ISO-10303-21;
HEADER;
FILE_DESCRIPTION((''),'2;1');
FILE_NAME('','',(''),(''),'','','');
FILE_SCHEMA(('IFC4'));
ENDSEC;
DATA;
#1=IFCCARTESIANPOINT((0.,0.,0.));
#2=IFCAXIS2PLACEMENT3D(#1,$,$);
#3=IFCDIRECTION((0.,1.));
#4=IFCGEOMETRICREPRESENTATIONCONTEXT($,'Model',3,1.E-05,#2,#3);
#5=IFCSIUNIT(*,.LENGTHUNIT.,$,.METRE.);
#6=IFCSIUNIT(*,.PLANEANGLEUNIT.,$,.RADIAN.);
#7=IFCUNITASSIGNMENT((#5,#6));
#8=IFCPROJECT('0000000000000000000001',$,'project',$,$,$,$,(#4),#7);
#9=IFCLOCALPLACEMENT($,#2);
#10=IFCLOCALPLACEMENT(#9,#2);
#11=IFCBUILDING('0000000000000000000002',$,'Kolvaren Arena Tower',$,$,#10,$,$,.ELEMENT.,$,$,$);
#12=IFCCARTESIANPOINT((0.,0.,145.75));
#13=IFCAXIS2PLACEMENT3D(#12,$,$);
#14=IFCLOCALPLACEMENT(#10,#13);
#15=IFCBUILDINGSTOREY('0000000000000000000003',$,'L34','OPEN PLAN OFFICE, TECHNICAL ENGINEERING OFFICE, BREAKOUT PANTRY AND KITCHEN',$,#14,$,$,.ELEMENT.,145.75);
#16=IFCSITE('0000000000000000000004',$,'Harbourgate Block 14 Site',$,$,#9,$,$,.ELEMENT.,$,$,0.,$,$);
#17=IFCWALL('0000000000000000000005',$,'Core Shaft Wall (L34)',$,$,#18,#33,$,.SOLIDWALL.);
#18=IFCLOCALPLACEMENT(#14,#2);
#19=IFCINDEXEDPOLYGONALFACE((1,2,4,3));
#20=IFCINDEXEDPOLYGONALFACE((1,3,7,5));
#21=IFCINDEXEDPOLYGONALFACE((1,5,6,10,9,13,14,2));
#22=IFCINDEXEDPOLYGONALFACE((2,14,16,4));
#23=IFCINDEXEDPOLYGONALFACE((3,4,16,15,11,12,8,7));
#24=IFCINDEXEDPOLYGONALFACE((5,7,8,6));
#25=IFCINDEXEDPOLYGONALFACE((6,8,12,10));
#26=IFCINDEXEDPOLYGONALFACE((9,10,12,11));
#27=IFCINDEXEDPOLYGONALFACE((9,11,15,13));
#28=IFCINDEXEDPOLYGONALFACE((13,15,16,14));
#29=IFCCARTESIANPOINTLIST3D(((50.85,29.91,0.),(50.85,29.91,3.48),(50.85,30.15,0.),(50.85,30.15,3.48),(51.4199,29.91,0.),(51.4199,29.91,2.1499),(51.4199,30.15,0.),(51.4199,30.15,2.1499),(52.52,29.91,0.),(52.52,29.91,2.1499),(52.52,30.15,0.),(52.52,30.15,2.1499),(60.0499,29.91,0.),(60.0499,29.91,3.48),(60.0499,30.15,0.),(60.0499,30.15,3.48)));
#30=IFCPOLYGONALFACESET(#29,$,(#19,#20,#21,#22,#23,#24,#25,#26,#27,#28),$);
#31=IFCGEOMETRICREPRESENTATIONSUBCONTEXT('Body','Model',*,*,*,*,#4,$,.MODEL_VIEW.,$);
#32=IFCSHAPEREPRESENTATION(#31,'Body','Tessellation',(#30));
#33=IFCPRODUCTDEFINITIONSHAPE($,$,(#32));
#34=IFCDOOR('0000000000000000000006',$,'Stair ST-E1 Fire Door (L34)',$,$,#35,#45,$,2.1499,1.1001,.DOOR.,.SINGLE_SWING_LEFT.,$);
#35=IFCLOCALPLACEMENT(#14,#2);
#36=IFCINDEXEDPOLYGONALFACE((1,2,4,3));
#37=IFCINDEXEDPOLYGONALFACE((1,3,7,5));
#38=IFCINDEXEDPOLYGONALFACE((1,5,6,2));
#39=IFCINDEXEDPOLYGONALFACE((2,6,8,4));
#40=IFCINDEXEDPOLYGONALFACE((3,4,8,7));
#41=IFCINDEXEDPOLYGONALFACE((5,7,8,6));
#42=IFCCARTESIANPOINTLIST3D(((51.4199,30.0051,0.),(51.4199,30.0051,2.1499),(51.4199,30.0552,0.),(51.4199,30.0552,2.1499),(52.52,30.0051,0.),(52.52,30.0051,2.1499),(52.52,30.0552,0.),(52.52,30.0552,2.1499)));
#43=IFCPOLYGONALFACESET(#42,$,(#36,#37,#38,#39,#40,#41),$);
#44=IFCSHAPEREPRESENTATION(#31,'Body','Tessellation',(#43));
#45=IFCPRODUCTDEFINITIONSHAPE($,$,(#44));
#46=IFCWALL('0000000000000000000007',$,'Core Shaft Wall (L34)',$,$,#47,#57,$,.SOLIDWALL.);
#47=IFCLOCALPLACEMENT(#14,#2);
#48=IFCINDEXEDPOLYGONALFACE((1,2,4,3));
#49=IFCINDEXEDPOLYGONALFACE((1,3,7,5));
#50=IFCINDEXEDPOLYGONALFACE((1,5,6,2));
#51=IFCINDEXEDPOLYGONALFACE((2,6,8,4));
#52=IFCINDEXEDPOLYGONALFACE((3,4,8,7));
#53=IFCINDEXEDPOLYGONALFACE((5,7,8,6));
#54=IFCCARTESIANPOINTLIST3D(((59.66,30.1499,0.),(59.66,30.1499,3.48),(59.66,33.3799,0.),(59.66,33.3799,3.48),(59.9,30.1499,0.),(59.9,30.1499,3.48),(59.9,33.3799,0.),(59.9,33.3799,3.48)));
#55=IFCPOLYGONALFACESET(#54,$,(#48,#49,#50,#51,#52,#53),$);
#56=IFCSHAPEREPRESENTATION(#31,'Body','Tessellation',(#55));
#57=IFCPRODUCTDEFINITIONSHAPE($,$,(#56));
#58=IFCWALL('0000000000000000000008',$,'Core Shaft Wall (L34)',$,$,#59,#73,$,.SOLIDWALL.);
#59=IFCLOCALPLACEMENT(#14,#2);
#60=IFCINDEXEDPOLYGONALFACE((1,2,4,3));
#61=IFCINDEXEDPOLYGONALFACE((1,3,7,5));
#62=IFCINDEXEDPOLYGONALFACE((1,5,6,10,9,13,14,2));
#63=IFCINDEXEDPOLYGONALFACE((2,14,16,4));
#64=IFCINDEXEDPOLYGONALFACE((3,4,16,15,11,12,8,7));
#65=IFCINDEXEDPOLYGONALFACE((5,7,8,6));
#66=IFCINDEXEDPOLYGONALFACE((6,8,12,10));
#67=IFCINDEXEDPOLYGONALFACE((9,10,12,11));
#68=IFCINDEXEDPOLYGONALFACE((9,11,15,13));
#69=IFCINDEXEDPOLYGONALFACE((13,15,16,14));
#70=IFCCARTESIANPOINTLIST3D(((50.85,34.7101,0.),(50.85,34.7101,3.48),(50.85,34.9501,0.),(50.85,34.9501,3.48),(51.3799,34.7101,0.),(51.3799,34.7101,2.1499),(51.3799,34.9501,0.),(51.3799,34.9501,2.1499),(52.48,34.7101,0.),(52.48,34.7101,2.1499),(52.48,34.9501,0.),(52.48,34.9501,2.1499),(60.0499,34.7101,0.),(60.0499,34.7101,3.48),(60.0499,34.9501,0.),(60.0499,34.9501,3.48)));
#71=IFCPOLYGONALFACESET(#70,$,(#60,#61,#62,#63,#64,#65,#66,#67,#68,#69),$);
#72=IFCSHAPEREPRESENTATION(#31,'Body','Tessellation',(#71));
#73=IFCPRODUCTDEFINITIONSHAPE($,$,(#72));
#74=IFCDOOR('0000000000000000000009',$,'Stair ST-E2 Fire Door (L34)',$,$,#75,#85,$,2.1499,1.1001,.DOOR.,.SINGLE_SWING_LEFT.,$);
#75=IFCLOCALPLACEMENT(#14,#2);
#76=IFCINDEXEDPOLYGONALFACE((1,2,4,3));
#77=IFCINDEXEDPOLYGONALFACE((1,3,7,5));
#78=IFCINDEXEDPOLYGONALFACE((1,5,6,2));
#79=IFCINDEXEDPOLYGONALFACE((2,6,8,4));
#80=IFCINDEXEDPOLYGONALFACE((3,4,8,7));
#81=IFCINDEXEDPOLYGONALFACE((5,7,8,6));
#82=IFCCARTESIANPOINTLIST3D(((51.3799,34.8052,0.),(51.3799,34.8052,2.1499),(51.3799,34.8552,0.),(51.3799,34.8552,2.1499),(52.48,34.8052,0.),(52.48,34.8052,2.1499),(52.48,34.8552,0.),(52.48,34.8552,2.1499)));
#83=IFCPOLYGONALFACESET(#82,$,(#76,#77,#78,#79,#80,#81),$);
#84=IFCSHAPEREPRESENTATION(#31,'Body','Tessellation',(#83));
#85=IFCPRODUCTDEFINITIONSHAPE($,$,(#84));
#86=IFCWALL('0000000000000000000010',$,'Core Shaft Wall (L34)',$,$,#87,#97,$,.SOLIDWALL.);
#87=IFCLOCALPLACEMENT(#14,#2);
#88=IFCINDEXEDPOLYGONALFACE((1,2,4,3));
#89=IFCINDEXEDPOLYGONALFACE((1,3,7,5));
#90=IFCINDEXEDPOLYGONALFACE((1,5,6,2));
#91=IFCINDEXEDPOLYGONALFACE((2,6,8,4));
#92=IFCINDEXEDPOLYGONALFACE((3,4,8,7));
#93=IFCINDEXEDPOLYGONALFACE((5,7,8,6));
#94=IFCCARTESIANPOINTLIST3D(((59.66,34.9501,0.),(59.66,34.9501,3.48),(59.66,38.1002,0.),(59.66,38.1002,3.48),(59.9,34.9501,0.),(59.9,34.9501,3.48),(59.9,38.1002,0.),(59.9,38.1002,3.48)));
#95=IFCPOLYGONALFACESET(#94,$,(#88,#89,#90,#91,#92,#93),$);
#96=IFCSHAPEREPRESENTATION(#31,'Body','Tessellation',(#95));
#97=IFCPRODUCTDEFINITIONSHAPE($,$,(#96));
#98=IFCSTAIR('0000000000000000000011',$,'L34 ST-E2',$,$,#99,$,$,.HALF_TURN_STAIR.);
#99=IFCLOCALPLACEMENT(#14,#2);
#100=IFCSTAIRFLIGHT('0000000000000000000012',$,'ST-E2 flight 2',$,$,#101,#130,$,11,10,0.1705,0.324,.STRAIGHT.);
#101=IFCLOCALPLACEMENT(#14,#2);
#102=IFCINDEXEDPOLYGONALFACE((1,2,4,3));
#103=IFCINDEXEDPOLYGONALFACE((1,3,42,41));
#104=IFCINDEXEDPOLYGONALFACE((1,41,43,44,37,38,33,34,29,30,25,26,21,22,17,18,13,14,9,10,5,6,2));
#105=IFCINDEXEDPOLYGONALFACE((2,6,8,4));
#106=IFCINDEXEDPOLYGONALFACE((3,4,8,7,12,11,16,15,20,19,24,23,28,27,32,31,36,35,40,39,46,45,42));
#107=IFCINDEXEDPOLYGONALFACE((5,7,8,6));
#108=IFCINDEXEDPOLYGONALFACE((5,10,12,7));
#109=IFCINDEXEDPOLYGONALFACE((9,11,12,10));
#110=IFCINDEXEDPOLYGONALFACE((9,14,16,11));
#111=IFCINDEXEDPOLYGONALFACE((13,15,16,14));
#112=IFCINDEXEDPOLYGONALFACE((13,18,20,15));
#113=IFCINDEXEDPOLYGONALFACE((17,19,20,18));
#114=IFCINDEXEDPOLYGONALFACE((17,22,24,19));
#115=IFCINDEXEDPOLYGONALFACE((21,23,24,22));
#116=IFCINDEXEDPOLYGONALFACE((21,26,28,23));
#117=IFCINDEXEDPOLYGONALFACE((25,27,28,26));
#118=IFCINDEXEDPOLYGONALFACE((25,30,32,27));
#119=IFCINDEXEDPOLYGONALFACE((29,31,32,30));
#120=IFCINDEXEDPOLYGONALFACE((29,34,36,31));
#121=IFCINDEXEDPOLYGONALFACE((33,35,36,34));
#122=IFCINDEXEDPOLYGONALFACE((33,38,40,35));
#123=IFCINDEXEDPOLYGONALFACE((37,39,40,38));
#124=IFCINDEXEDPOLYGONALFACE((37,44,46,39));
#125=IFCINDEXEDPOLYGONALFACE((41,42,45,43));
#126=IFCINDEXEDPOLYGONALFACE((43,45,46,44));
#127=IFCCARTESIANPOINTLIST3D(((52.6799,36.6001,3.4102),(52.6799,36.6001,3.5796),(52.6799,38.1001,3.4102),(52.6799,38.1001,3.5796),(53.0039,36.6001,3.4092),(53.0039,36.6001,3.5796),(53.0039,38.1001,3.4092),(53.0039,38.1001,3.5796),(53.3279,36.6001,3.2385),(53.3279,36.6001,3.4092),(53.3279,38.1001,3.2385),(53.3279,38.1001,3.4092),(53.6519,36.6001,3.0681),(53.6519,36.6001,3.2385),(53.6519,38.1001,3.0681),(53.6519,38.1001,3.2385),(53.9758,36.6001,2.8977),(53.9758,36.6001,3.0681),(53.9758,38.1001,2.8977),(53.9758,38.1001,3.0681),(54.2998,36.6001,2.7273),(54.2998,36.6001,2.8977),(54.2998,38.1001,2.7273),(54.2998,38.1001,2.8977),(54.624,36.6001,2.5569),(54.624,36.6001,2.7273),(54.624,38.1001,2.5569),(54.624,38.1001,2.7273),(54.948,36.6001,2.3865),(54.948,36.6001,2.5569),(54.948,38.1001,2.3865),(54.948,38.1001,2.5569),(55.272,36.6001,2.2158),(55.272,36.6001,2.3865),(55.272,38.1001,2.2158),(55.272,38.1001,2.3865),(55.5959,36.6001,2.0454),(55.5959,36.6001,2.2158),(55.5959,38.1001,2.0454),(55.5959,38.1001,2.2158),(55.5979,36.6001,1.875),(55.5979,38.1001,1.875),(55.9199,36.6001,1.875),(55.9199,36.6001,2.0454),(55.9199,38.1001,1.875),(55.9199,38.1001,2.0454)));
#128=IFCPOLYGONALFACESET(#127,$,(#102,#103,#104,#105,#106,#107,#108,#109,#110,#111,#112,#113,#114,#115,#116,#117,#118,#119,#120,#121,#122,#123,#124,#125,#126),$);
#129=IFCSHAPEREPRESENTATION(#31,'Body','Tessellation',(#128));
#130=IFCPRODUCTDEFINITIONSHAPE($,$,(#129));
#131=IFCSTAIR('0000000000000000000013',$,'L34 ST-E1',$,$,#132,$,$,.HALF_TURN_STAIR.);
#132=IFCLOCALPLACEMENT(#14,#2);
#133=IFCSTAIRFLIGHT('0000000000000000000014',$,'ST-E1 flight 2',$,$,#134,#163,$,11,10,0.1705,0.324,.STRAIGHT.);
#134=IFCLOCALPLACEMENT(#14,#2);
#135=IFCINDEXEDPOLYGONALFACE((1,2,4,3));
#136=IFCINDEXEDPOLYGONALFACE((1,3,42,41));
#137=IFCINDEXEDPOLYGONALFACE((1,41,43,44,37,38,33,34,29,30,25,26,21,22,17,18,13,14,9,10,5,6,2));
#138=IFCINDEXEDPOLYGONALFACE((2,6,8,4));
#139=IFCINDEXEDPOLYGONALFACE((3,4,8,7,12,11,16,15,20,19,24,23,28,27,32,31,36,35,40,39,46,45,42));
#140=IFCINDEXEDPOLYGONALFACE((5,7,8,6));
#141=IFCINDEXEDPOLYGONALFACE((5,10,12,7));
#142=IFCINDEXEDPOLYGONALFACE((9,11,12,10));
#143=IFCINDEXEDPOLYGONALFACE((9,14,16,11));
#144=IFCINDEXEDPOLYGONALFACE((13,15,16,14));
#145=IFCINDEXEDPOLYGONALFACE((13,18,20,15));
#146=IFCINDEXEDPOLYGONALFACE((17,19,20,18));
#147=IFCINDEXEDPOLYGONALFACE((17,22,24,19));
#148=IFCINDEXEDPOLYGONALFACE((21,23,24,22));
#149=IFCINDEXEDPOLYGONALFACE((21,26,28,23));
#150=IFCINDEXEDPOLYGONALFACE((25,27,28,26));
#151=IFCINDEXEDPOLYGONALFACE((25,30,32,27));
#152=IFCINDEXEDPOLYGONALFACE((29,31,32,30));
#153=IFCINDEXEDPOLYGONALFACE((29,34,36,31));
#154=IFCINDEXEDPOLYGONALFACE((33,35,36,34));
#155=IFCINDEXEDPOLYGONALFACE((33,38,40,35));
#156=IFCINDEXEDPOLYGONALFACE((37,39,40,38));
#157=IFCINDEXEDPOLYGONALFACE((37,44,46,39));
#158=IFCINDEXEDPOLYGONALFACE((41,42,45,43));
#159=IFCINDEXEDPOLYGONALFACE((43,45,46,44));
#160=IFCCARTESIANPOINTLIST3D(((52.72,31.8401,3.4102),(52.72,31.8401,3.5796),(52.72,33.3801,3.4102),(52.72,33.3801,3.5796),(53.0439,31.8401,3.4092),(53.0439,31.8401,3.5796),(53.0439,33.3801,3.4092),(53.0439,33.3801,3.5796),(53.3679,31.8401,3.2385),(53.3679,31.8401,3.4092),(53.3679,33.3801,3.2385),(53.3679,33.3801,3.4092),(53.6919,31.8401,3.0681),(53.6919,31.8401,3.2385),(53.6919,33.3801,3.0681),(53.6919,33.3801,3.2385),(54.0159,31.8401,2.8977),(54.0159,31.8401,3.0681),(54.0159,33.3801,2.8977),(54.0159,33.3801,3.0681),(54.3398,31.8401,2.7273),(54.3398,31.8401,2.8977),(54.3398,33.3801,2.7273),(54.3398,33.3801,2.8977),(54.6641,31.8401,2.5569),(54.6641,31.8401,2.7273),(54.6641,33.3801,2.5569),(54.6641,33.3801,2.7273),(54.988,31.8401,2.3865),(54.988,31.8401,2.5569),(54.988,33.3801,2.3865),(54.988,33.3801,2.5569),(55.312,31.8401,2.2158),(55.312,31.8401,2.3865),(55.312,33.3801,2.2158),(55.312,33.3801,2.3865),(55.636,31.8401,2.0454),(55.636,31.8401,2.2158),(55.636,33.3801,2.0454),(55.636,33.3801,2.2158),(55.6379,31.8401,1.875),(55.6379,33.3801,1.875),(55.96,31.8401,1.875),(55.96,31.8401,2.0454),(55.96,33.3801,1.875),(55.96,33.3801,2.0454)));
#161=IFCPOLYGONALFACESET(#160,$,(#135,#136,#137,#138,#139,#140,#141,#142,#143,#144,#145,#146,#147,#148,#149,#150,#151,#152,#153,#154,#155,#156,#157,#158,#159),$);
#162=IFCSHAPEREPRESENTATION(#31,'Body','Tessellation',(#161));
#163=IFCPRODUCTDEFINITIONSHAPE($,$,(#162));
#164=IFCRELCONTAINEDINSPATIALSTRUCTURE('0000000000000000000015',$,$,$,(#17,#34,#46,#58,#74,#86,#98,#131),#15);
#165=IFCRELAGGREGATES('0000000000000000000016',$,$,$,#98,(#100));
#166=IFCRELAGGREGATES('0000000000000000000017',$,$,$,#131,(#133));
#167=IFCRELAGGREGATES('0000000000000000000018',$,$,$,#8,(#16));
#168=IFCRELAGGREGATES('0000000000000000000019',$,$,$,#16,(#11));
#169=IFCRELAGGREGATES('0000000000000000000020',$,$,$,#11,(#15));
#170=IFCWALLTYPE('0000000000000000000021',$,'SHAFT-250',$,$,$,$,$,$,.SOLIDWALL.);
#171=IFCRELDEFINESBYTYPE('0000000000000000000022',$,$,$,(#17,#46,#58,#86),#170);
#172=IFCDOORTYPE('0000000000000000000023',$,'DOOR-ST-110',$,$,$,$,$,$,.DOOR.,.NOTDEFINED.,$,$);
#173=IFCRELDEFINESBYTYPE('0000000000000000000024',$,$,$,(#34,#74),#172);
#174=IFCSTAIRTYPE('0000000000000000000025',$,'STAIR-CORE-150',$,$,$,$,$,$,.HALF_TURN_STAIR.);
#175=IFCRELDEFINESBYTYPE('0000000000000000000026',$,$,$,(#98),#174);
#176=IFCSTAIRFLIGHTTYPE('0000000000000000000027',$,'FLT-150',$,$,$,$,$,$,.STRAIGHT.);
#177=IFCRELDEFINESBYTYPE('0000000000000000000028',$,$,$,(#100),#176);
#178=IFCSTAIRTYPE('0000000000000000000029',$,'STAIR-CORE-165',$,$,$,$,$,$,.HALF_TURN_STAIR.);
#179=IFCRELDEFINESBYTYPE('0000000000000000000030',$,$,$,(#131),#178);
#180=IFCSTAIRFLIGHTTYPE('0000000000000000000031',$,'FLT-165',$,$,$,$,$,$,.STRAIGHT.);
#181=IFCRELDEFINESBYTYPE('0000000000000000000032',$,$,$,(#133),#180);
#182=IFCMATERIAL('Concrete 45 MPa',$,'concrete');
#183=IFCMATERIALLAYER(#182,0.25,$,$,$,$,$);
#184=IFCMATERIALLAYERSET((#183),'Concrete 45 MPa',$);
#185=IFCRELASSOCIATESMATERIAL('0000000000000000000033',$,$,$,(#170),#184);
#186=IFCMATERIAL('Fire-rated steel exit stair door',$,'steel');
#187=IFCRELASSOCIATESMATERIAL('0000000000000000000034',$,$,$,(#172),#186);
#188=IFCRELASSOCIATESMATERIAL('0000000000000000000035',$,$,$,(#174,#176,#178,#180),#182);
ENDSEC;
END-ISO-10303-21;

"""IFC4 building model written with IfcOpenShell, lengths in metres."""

from ifc_helpers import new_model, si_unit, direction, frame, frame_2d, origin, place, context, subcontext, project, spatial, polyline, rectangle, outline, extrude, material, layer, layer_set, type_object, element, fill, aggregate, save


model = new_model("IFC4")

# Units and contexts
model_context = context("Model", 3, precision=1e-05, world=origin(), true_north=direction((0.0, 1.0)))
body_context = subcontext(model_context, "Body", "Model", "MODEL_VIEW")
ifc_project = project(units=[si_unit("LENGTHUNIT", "METRE"), si_unit("PLANEANGLEUNIT", "RADIAN")], contexts=[model_context])

# Site, building, storey
site_placement = place(None, origin())
site = spatial("IfcSite", under=ifc_project, at=site_placement, Name="Harbourgate Block 14 Site", CompositionType="ELEMENT", RefElevation=0.0)
building_placement = place(site_placement, origin())
building = spatial("IfcBuilding", under=site, at=building_placement, Name="Kolvaren Arena Tower", CompositionType="ELEMENT")
storey_placement = place(building_placement, frame((0.0, 0.0, 145.75)))
storey = spatial("IfcBuildingStorey", under=building, at=storey_placement, Name="L34", Description="OPEN PLAN OFFICE, TECHNICAL ENGINEERING OFFICE, BREAKOUT PANTRY AND KITCHEN", CompositionType="ELEMENT", Elevation=145.75)

# Wall, opening, door
ifc_material_1 = material(Name="Concrete 45 MPa", Category="concrete")
ifc_layer = layer(ifc_material_1, 0.25)
ifc_layer_set = layer_set([ifc_layer], Name="Concrete 45 MPa")
wall_type = type_object("IfcWallType", Name="SHAFT-250", PredefinedType="SOLIDWALL", material=ifc_layer_set)
wall_1_placement = place(storey_placement, frame((60.05, 30.03, 0.0), z_axis=(0.0, 0.0, 1.0), x_axis=(-1.0, 0.0, 0.0)))
wall_1 = element("IfcWall", 1, at=wall_1_placement, inside=storey, type_object=wall_type, Name="Core Shaft Wall (L34)", PredefinedType="SOLIDWALL", context=body_context, shape_type="SweptSolid", body=[
    extrude(rectangle(XDim=9.2, YDim=0.24, at=frame_2d((4.6001, 0.0))), origin(), (0.0, 0.0, 1.0), 3.48),
])
opening_1_placement = place(wall_1_placement, frame((7.53, 0.0, 0.0)))
opening_1 = element("IfcOpeningElement", 2, at=opening_1_placement, cuts=wall_1, PredefinedType="OPENING", context=body_context, shape_type="SweptSolid", body=[
    extrude(rectangle(XDim=1.1001, YDim=2.1499, at=frame_2d((0.55, 1.075))), frame((0.0, 0.1299, 0.0), z_axis=(0.0, -1.0, 0.0), x_axis=(1.0, 0.0, 0.0)), (0.0, 0.0, 1.0), 0.26),
])
ifc_material_2 = material(Name="Fire-rated steel exit stair door", Category="steel")
door_type = type_object("IfcDoorType", Name="DOOR-ST-110", OperationType="NOTDEFINED", PredefinedType="DOOR", material=ifc_material_2)
door_1_placement = place(opening_1_placement, origin())
door_1 = element("IfcDoor", 3, at=door_1_placement, inside=storey, type_object=door_type, Name="Stair ST-E1 Fire Door (L34)", OperationType="SINGLE_SWING_LEFT", OverallHeight=2.1499, OverallWidth=1.1001, PredefinedType="DOOR", context=body_context, shape_type="SweptSolid", body=[
    extrude(rectangle(XDim=1.1001, YDim=2.1499, at=frame_2d((0.55, 1.075))), frame((0.0, 0.0249, 0.0), z_axis=(0.0, -1.0, 0.0), x_axis=(1.0, 0.0, 0.0)), (0.0, 0.0, 1.0), 0.05),
])
fill(opening_1, door_1)

# Wall
wall_2_placement = place(storey_placement, frame((59.78, 30.1499, 0.0), z_axis=(0.0, 0.0, 1.0), x_axis=(0.0, 1.0, 0.0)))
element("IfcWall", 4, at=wall_2_placement, inside=storey, type_object=wall_type, Name="Core Shaft Wall (L34)", PredefinedType="SOLIDWALL", context=body_context, shape_type="SweptSolid", body=[
    extrude(rectangle(XDim=3.23, YDim=0.24, at=frame_2d((1.615, 0.0))), origin(), (0.0, 0.0, 1.0), 3.48),
])

# Wall, opening, door
wall_3_placement = place(storey_placement, frame((60.05, 34.8301, 0.0), z_axis=(0.0, 0.0, 1.0), x_axis=(-1.0, 0.0, 0.0)))
wall_3 = element("IfcWall", 5, at=wall_3_placement, inside=storey, type_object=wall_type, Name="Core Shaft Wall (L34)", PredefinedType="SOLIDWALL", context=body_context, shape_type="SweptSolid", body=[
    extrude(rectangle(XDim=9.2, YDim=0.24, at=frame_2d((4.6001, 0.0))), origin(), (0.0, 0.0, 1.0), 3.48),
])
opening_2_placement = place(wall_3_placement, frame((7.5701, 0.0, 0.0)))
opening_2 = element("IfcOpeningElement", 6, at=opening_2_placement, cuts=wall_3, PredefinedType="OPENING", context=body_context, shape_type="SweptSolid", body=[
    extrude(rectangle(XDim=1.1001, YDim=2.1499, at=frame_2d((0.55, 1.075))), frame((0.0, 0.1299, 0.0), z_axis=(0.0, -1.0, 0.0), x_axis=(1.0, 0.0, 0.0)), (0.0, 0.0, 1.0), 0.26),
])
door_2_placement = place(opening_2_placement, origin())
door_2 = element("IfcDoor", 7, at=door_2_placement, inside=storey, type_object=door_type, Name="Stair ST-E2 Fire Door (L34)", OperationType="SINGLE_SWING_LEFT", OverallHeight=2.1499, OverallWidth=1.1001, PredefinedType="DOOR", context=body_context, shape_type="SweptSolid", body=[
    extrude(rectangle(XDim=1.1001, YDim=2.1499, at=frame_2d((0.55, 1.075))), frame((0.0, 0.0249, 0.0), z_axis=(0.0, -1.0, 0.0), x_axis=(1.0, 0.0, 0.0)), (0.0, 0.0, 1.0), 0.05),
])
fill(opening_2, door_2)

# Wall
wall_4_placement = place(storey_placement, frame((59.78, 34.95, 0.0), z_axis=(0.0, 0.0, 1.0), x_axis=(0.0, 1.0, 0.0)))
element("IfcWall", 8, at=wall_4_placement, inside=storey, type_object=wall_type, Name="Core Shaft Wall (L34)", PredefinedType="SOLIDWALL", context=body_context, shape_type="SweptSolid", body=[
    extrude(rectangle(XDim=3.1501, YDim=0.24, at=frame_2d((1.5752, 0.0))), origin(), (0.0, 0.0, 1.0), 3.48),
])

# Stairs, stair flights
stair_type_1 = type_object("IfcStairType", Name="STAIR-CORE-150", PredefinedType="HALF_TURN_STAIR", material=ifc_material_1)
stair_1_placement = place(storey_placement, origin())
stair_1 = element("IfcStair", 9, at=stair_1_placement, inside=storey, type_object=stair_type_1, Name="L34 ST-E2", PredefinedType="HALF_TURN_STAIR")
stair_flight_type_1 = type_object("IfcStairFlightType", Name="FLT-150", PredefinedType="STRAIGHT", material=ifc_material_1)
stair_flight_1_placement = place(storey_placement, frame((55.9199, 37.3501, 1.875), z_axis=(0.0, 0.0, 1.0), x_axis=(-1.0, 0.0, 0.0)))
stair_flight_1 = element("IfcStairFlight", 10, at=stair_flight_1_placement, type_object=stair_flight_type_1, Name="ST-E2 flight 2", NumberOfRisers=11, NumberOfTreads=10, PredefinedType="STRAIGHT", RiserHeight=0.1705, TreadLength=0.324, context=body_context, shape_type="SweptSolid", body=[
    extrude(outline(polyline([(0.0, 0.0), (0.0, 0.1704), (0.324, 0.1704), (0.324, 0.3408), (0.6479, 0.3408), (0.6479, 0.5115), (0.9719, 0.5115), (0.9719, 0.6819), (1.2959, 0.6819), (1.2959, 0.8523), (1.6201, 0.8523), (1.6201, 1.0227), (1.9441, 1.0227), (1.9441, 1.1931), (2.2681, 1.1931), (2.2681, 1.3635), (2.592, 1.3635), (2.592, 1.5342), (2.916, 1.5342), (2.916, 1.7046), (3.24, 1.7046), (3.24, 1.875), (3.24, 1.5352), (0.322, 0.0), (0.0, 0.0)])), frame((0.0, 0.75, 0.0), z_axis=(0.0, -1.0, 0.0), x_axis=(1.0, 0.0, 0.0)), (0.0, 0.0, 1.0), 1.5),
])
aggregate(stair_1, [stair_flight_1])
stair_type_2 = type_object("IfcStairType", Name="STAIR-CORE-165", PredefinedType="HALF_TURN_STAIR", material=ifc_material_1)
stair_2_placement = place(storey_placement, origin())
stair_2 = element("IfcStair", 11, at=stair_2_placement, inside=storey, type_object=stair_type_2, Name="L34 ST-E1", PredefinedType="HALF_TURN_STAIR")
stair_flight_type_2 = type_object("IfcStairFlightType", Name="FLT-165", PredefinedType="STRAIGHT", material=ifc_material_1)
stair_flight_2_placement = place(storey_placement, frame((55.96, 32.6101, 1.875), z_axis=(0.0, 0.0, 1.0), x_axis=(-1.0, 0.0, 0.0)))
stair_flight_2 = element("IfcStairFlight", 12, at=stair_flight_2_placement, type_object=stair_flight_type_2, Name="ST-E1 flight 2", NumberOfRisers=11, NumberOfTreads=10, PredefinedType="STRAIGHT", RiserHeight=0.1705, TreadLength=0.324, context=body_context, shape_type="SweptSolid", body=[
    extrude(outline(polyline([(0.0, 0.0), (0.0, 0.1704), (0.324, 0.1704), (0.324, 0.3408), (0.6479, 0.3408), (0.6479, 0.5115), (0.9719, 0.5115), (0.9719, 0.6819), (1.2959, 0.6819), (1.2959, 0.8523), (1.6201, 0.8523), (1.6201, 1.0227), (1.9441, 1.0227), (1.9441, 1.1931), (2.2681, 1.1931), (2.2681, 1.3635), (2.592, 1.3635), (2.592, 1.5342), (2.916, 1.5342), (2.916, 1.7046), (3.24, 1.7046), (3.24, 1.875), (3.24, 1.5352), (0.322, 0.0), (0.0, 0.0)])), frame((0.0, 0.77, 0.0), z_axis=(0.0, -1.0, 0.0), x_axis=(1.0, 0.0, 0.0)), (0.0, 0.0, 1.0), 1.54),
])
aggregate(stair_2, [stair_flight_2])

save(model, "model.ifc")
